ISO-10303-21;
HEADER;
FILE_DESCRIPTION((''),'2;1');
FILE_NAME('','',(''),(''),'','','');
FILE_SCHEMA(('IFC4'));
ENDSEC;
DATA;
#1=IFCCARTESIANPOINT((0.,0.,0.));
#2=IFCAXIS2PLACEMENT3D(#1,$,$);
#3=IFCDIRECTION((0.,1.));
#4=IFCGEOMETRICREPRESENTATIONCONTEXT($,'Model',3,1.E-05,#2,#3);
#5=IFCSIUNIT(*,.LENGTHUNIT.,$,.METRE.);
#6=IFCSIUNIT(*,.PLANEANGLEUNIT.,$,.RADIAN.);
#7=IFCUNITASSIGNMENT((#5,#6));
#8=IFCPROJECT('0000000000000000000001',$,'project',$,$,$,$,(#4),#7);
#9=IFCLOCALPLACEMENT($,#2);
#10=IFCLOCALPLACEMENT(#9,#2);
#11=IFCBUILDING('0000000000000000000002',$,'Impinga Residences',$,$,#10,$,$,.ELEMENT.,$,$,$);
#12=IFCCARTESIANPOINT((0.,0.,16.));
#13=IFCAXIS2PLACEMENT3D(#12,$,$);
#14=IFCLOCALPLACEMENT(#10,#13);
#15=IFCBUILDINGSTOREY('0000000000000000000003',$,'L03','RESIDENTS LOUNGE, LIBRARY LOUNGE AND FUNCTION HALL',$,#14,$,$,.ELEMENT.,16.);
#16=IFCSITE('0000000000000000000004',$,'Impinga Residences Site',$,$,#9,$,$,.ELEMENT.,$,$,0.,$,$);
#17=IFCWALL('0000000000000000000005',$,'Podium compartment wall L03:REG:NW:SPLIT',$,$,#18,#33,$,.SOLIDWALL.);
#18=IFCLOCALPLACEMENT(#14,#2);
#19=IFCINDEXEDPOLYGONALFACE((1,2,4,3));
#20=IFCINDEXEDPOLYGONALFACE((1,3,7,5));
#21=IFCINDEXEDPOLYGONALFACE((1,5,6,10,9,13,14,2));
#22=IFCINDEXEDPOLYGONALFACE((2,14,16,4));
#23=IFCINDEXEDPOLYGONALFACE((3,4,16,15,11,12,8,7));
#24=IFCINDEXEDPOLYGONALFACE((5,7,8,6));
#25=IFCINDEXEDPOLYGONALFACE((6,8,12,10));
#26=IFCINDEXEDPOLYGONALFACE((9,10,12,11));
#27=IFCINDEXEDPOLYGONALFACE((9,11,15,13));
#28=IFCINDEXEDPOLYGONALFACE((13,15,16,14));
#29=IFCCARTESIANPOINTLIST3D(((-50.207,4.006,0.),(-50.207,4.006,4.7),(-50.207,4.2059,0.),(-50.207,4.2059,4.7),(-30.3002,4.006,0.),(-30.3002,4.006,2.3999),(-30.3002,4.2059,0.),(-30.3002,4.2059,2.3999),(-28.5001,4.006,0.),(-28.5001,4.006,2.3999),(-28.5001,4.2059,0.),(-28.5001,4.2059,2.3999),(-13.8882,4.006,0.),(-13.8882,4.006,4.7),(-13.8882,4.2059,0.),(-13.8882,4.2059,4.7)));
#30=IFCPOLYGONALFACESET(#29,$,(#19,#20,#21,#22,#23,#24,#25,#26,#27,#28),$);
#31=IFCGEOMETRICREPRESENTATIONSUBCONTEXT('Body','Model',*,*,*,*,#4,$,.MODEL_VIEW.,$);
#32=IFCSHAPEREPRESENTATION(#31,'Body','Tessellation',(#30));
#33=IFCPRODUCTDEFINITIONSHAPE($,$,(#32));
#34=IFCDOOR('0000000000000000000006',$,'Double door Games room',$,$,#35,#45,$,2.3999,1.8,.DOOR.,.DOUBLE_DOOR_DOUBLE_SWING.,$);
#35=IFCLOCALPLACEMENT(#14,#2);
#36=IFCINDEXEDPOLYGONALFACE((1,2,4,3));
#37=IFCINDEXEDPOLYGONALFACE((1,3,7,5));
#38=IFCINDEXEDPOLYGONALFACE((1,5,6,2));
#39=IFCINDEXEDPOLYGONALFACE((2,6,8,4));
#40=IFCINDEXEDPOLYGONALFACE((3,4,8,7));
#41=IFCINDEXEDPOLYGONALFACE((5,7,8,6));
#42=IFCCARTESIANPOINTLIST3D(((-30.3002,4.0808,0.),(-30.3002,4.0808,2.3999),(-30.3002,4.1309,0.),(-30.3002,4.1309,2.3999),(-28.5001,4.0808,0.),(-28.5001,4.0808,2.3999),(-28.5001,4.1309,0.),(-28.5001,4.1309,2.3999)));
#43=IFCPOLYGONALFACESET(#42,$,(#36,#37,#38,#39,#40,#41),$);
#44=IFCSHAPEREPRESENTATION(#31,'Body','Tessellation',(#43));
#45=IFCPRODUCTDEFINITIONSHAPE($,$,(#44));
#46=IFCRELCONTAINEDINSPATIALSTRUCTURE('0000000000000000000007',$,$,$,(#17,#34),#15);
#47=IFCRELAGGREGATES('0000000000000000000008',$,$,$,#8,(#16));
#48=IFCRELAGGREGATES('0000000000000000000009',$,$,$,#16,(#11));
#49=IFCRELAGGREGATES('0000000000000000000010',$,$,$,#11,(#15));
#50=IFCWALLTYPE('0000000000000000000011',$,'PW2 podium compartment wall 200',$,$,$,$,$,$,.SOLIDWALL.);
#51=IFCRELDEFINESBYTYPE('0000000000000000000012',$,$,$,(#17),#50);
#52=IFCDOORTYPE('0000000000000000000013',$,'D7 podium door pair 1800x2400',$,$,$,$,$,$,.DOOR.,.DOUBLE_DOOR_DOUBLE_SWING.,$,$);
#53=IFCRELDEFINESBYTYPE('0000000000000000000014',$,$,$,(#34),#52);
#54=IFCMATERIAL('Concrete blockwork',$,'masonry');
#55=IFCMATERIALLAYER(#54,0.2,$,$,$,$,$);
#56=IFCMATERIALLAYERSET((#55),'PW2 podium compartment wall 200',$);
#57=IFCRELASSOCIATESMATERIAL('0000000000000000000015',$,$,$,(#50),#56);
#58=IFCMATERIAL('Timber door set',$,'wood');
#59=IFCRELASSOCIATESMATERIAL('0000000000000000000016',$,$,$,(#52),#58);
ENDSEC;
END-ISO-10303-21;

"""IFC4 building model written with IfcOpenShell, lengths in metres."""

from ifc_helpers import new_model, si_unit, direction, frame, frame_2d, origin, place, context, subcontext, project, spatial, rectangle, extrude, material, layer, layer_set, type_object, element, fill, save


model = new_model("IFC4")

# Units and contexts
model_context = context("Model", 3, precision=1e-05, world=origin(), true_north=direction((0.0, 1.0)))
body_context = subcontext(model_context, "Body", "Model", "MODEL_VIEW")
ifc_project = project(units=[si_unit("LENGTHUNIT", "METRE"), si_unit("PLANEANGLEUNIT", "RADIAN")], contexts=[model_context])

# Site, building, storey
site_placement = place(None, origin())
site = spatial("IfcSite", under=ifc_project, at=site_placement, Name="Impinga Residences Site", CompositionType="ELEMENT", RefElevation=0.0)
building_placement = place(site_placement, origin())
building = spatial("IfcBuilding", under=site, at=building_placement, Name="Impinga Residences", CompositionType="ELEMENT")
storey_placement = place(building_placement, frame((0.0, 0.0, 16.0)))
storey = spatial("IfcBuildingStorey", under=building, at=storey_placement, Name="L03", Description="RESIDENTS LOUNGE, LIBRARY LOUNGE AND FUNCTION HALL", CompositionType="ELEMENT", Elevation=16.0)

# Wall, opening, door
ifc_material_1 = material(Name="Concrete blockwork", Category="masonry")
ifc_layer_1 = layer(ifc_material_1, 0.2)
ifc_layer_set_1 = layer_set([ifc_layer_1], Name="PW2 podium compartment wall 200")
wall_type = type_object("IfcWallType", Name="PW2 podium compartment wall 200", PredefinedType="SOLIDWALL", material=ifc_layer_set_1)
wall_placement = place(storey_placement, frame((-50.207, 4.106, 0.0), z_axis=(0.0, 0.0, 1.0), x_axis=(1.0, 0.0, 0.0)))
wall = element("IfcWall", 1, at=wall_placement, inside=storey, type_object=wall_type, Name="Podium compartment wall L03:REG:NW:SPLIT", PredefinedType="SOLIDWALL", context=body_context, shape_type="SweptSolid", body=[
    extrude(rectangle(XDim=36.3188, YDim=0.2, at=frame_2d((18.1594, 0.0))), origin(), (0.0, 0.0, 1.0), 4.7),
])
opening_placement = place(wall_placement, frame((19.907, 0.0, 0.0)))
opening = element("IfcOpeningElement", 2, at=opening_placement, cuts=wall, PredefinedType="OPENING", context=body_context, shape_type="SweptSolid", body=[
    extrude(rectangle(XDim=1.8, YDim=2.3999, at=frame_2d((0.8999, 1.2))), frame((0.0, 0.1099, 0.0), z_axis=(0.0, -1.0, 0.0), x_axis=(1.0, 0.0, 0.0)), (0.0, 0.0, 1.0), 0.22),
])
ifc_material_2 = material(Name="Timber door set", Category="wood")
door_type = type_object("IfcDoorType", Name="D7 podium door pair 1800x2400", OperationType="DOUBLE_DOOR_DOUBLE_SWING", PredefinedType="DOOR", material=ifc_material_2)
door_placement = place(opening_placement, origin())
door = element("IfcDoor", 3, at=door_placement, inside=storey, type_object=door_type, Name="Double door Games room", OperationType="DOUBLE_DOOR_DOUBLE_SWING", OverallHeight=2.3999, OverallWidth=1.8, PredefinedType="DOOR", context=body_context, shape_type="SweptSolid", body=[
    extrude(rectangle(XDim=1.8, YDim=2.3999, at=frame_2d((0.8999, 1.2))), frame((0.0, 0.0249, 0.0), z_axis=(0.0, -1.0, 0.0), x_axis=(1.0, 0.0, 0.0)), (0.0, 0.0, 1.0), 0.05),
])
fill(opening, door)

save(model, "model.ifc")
